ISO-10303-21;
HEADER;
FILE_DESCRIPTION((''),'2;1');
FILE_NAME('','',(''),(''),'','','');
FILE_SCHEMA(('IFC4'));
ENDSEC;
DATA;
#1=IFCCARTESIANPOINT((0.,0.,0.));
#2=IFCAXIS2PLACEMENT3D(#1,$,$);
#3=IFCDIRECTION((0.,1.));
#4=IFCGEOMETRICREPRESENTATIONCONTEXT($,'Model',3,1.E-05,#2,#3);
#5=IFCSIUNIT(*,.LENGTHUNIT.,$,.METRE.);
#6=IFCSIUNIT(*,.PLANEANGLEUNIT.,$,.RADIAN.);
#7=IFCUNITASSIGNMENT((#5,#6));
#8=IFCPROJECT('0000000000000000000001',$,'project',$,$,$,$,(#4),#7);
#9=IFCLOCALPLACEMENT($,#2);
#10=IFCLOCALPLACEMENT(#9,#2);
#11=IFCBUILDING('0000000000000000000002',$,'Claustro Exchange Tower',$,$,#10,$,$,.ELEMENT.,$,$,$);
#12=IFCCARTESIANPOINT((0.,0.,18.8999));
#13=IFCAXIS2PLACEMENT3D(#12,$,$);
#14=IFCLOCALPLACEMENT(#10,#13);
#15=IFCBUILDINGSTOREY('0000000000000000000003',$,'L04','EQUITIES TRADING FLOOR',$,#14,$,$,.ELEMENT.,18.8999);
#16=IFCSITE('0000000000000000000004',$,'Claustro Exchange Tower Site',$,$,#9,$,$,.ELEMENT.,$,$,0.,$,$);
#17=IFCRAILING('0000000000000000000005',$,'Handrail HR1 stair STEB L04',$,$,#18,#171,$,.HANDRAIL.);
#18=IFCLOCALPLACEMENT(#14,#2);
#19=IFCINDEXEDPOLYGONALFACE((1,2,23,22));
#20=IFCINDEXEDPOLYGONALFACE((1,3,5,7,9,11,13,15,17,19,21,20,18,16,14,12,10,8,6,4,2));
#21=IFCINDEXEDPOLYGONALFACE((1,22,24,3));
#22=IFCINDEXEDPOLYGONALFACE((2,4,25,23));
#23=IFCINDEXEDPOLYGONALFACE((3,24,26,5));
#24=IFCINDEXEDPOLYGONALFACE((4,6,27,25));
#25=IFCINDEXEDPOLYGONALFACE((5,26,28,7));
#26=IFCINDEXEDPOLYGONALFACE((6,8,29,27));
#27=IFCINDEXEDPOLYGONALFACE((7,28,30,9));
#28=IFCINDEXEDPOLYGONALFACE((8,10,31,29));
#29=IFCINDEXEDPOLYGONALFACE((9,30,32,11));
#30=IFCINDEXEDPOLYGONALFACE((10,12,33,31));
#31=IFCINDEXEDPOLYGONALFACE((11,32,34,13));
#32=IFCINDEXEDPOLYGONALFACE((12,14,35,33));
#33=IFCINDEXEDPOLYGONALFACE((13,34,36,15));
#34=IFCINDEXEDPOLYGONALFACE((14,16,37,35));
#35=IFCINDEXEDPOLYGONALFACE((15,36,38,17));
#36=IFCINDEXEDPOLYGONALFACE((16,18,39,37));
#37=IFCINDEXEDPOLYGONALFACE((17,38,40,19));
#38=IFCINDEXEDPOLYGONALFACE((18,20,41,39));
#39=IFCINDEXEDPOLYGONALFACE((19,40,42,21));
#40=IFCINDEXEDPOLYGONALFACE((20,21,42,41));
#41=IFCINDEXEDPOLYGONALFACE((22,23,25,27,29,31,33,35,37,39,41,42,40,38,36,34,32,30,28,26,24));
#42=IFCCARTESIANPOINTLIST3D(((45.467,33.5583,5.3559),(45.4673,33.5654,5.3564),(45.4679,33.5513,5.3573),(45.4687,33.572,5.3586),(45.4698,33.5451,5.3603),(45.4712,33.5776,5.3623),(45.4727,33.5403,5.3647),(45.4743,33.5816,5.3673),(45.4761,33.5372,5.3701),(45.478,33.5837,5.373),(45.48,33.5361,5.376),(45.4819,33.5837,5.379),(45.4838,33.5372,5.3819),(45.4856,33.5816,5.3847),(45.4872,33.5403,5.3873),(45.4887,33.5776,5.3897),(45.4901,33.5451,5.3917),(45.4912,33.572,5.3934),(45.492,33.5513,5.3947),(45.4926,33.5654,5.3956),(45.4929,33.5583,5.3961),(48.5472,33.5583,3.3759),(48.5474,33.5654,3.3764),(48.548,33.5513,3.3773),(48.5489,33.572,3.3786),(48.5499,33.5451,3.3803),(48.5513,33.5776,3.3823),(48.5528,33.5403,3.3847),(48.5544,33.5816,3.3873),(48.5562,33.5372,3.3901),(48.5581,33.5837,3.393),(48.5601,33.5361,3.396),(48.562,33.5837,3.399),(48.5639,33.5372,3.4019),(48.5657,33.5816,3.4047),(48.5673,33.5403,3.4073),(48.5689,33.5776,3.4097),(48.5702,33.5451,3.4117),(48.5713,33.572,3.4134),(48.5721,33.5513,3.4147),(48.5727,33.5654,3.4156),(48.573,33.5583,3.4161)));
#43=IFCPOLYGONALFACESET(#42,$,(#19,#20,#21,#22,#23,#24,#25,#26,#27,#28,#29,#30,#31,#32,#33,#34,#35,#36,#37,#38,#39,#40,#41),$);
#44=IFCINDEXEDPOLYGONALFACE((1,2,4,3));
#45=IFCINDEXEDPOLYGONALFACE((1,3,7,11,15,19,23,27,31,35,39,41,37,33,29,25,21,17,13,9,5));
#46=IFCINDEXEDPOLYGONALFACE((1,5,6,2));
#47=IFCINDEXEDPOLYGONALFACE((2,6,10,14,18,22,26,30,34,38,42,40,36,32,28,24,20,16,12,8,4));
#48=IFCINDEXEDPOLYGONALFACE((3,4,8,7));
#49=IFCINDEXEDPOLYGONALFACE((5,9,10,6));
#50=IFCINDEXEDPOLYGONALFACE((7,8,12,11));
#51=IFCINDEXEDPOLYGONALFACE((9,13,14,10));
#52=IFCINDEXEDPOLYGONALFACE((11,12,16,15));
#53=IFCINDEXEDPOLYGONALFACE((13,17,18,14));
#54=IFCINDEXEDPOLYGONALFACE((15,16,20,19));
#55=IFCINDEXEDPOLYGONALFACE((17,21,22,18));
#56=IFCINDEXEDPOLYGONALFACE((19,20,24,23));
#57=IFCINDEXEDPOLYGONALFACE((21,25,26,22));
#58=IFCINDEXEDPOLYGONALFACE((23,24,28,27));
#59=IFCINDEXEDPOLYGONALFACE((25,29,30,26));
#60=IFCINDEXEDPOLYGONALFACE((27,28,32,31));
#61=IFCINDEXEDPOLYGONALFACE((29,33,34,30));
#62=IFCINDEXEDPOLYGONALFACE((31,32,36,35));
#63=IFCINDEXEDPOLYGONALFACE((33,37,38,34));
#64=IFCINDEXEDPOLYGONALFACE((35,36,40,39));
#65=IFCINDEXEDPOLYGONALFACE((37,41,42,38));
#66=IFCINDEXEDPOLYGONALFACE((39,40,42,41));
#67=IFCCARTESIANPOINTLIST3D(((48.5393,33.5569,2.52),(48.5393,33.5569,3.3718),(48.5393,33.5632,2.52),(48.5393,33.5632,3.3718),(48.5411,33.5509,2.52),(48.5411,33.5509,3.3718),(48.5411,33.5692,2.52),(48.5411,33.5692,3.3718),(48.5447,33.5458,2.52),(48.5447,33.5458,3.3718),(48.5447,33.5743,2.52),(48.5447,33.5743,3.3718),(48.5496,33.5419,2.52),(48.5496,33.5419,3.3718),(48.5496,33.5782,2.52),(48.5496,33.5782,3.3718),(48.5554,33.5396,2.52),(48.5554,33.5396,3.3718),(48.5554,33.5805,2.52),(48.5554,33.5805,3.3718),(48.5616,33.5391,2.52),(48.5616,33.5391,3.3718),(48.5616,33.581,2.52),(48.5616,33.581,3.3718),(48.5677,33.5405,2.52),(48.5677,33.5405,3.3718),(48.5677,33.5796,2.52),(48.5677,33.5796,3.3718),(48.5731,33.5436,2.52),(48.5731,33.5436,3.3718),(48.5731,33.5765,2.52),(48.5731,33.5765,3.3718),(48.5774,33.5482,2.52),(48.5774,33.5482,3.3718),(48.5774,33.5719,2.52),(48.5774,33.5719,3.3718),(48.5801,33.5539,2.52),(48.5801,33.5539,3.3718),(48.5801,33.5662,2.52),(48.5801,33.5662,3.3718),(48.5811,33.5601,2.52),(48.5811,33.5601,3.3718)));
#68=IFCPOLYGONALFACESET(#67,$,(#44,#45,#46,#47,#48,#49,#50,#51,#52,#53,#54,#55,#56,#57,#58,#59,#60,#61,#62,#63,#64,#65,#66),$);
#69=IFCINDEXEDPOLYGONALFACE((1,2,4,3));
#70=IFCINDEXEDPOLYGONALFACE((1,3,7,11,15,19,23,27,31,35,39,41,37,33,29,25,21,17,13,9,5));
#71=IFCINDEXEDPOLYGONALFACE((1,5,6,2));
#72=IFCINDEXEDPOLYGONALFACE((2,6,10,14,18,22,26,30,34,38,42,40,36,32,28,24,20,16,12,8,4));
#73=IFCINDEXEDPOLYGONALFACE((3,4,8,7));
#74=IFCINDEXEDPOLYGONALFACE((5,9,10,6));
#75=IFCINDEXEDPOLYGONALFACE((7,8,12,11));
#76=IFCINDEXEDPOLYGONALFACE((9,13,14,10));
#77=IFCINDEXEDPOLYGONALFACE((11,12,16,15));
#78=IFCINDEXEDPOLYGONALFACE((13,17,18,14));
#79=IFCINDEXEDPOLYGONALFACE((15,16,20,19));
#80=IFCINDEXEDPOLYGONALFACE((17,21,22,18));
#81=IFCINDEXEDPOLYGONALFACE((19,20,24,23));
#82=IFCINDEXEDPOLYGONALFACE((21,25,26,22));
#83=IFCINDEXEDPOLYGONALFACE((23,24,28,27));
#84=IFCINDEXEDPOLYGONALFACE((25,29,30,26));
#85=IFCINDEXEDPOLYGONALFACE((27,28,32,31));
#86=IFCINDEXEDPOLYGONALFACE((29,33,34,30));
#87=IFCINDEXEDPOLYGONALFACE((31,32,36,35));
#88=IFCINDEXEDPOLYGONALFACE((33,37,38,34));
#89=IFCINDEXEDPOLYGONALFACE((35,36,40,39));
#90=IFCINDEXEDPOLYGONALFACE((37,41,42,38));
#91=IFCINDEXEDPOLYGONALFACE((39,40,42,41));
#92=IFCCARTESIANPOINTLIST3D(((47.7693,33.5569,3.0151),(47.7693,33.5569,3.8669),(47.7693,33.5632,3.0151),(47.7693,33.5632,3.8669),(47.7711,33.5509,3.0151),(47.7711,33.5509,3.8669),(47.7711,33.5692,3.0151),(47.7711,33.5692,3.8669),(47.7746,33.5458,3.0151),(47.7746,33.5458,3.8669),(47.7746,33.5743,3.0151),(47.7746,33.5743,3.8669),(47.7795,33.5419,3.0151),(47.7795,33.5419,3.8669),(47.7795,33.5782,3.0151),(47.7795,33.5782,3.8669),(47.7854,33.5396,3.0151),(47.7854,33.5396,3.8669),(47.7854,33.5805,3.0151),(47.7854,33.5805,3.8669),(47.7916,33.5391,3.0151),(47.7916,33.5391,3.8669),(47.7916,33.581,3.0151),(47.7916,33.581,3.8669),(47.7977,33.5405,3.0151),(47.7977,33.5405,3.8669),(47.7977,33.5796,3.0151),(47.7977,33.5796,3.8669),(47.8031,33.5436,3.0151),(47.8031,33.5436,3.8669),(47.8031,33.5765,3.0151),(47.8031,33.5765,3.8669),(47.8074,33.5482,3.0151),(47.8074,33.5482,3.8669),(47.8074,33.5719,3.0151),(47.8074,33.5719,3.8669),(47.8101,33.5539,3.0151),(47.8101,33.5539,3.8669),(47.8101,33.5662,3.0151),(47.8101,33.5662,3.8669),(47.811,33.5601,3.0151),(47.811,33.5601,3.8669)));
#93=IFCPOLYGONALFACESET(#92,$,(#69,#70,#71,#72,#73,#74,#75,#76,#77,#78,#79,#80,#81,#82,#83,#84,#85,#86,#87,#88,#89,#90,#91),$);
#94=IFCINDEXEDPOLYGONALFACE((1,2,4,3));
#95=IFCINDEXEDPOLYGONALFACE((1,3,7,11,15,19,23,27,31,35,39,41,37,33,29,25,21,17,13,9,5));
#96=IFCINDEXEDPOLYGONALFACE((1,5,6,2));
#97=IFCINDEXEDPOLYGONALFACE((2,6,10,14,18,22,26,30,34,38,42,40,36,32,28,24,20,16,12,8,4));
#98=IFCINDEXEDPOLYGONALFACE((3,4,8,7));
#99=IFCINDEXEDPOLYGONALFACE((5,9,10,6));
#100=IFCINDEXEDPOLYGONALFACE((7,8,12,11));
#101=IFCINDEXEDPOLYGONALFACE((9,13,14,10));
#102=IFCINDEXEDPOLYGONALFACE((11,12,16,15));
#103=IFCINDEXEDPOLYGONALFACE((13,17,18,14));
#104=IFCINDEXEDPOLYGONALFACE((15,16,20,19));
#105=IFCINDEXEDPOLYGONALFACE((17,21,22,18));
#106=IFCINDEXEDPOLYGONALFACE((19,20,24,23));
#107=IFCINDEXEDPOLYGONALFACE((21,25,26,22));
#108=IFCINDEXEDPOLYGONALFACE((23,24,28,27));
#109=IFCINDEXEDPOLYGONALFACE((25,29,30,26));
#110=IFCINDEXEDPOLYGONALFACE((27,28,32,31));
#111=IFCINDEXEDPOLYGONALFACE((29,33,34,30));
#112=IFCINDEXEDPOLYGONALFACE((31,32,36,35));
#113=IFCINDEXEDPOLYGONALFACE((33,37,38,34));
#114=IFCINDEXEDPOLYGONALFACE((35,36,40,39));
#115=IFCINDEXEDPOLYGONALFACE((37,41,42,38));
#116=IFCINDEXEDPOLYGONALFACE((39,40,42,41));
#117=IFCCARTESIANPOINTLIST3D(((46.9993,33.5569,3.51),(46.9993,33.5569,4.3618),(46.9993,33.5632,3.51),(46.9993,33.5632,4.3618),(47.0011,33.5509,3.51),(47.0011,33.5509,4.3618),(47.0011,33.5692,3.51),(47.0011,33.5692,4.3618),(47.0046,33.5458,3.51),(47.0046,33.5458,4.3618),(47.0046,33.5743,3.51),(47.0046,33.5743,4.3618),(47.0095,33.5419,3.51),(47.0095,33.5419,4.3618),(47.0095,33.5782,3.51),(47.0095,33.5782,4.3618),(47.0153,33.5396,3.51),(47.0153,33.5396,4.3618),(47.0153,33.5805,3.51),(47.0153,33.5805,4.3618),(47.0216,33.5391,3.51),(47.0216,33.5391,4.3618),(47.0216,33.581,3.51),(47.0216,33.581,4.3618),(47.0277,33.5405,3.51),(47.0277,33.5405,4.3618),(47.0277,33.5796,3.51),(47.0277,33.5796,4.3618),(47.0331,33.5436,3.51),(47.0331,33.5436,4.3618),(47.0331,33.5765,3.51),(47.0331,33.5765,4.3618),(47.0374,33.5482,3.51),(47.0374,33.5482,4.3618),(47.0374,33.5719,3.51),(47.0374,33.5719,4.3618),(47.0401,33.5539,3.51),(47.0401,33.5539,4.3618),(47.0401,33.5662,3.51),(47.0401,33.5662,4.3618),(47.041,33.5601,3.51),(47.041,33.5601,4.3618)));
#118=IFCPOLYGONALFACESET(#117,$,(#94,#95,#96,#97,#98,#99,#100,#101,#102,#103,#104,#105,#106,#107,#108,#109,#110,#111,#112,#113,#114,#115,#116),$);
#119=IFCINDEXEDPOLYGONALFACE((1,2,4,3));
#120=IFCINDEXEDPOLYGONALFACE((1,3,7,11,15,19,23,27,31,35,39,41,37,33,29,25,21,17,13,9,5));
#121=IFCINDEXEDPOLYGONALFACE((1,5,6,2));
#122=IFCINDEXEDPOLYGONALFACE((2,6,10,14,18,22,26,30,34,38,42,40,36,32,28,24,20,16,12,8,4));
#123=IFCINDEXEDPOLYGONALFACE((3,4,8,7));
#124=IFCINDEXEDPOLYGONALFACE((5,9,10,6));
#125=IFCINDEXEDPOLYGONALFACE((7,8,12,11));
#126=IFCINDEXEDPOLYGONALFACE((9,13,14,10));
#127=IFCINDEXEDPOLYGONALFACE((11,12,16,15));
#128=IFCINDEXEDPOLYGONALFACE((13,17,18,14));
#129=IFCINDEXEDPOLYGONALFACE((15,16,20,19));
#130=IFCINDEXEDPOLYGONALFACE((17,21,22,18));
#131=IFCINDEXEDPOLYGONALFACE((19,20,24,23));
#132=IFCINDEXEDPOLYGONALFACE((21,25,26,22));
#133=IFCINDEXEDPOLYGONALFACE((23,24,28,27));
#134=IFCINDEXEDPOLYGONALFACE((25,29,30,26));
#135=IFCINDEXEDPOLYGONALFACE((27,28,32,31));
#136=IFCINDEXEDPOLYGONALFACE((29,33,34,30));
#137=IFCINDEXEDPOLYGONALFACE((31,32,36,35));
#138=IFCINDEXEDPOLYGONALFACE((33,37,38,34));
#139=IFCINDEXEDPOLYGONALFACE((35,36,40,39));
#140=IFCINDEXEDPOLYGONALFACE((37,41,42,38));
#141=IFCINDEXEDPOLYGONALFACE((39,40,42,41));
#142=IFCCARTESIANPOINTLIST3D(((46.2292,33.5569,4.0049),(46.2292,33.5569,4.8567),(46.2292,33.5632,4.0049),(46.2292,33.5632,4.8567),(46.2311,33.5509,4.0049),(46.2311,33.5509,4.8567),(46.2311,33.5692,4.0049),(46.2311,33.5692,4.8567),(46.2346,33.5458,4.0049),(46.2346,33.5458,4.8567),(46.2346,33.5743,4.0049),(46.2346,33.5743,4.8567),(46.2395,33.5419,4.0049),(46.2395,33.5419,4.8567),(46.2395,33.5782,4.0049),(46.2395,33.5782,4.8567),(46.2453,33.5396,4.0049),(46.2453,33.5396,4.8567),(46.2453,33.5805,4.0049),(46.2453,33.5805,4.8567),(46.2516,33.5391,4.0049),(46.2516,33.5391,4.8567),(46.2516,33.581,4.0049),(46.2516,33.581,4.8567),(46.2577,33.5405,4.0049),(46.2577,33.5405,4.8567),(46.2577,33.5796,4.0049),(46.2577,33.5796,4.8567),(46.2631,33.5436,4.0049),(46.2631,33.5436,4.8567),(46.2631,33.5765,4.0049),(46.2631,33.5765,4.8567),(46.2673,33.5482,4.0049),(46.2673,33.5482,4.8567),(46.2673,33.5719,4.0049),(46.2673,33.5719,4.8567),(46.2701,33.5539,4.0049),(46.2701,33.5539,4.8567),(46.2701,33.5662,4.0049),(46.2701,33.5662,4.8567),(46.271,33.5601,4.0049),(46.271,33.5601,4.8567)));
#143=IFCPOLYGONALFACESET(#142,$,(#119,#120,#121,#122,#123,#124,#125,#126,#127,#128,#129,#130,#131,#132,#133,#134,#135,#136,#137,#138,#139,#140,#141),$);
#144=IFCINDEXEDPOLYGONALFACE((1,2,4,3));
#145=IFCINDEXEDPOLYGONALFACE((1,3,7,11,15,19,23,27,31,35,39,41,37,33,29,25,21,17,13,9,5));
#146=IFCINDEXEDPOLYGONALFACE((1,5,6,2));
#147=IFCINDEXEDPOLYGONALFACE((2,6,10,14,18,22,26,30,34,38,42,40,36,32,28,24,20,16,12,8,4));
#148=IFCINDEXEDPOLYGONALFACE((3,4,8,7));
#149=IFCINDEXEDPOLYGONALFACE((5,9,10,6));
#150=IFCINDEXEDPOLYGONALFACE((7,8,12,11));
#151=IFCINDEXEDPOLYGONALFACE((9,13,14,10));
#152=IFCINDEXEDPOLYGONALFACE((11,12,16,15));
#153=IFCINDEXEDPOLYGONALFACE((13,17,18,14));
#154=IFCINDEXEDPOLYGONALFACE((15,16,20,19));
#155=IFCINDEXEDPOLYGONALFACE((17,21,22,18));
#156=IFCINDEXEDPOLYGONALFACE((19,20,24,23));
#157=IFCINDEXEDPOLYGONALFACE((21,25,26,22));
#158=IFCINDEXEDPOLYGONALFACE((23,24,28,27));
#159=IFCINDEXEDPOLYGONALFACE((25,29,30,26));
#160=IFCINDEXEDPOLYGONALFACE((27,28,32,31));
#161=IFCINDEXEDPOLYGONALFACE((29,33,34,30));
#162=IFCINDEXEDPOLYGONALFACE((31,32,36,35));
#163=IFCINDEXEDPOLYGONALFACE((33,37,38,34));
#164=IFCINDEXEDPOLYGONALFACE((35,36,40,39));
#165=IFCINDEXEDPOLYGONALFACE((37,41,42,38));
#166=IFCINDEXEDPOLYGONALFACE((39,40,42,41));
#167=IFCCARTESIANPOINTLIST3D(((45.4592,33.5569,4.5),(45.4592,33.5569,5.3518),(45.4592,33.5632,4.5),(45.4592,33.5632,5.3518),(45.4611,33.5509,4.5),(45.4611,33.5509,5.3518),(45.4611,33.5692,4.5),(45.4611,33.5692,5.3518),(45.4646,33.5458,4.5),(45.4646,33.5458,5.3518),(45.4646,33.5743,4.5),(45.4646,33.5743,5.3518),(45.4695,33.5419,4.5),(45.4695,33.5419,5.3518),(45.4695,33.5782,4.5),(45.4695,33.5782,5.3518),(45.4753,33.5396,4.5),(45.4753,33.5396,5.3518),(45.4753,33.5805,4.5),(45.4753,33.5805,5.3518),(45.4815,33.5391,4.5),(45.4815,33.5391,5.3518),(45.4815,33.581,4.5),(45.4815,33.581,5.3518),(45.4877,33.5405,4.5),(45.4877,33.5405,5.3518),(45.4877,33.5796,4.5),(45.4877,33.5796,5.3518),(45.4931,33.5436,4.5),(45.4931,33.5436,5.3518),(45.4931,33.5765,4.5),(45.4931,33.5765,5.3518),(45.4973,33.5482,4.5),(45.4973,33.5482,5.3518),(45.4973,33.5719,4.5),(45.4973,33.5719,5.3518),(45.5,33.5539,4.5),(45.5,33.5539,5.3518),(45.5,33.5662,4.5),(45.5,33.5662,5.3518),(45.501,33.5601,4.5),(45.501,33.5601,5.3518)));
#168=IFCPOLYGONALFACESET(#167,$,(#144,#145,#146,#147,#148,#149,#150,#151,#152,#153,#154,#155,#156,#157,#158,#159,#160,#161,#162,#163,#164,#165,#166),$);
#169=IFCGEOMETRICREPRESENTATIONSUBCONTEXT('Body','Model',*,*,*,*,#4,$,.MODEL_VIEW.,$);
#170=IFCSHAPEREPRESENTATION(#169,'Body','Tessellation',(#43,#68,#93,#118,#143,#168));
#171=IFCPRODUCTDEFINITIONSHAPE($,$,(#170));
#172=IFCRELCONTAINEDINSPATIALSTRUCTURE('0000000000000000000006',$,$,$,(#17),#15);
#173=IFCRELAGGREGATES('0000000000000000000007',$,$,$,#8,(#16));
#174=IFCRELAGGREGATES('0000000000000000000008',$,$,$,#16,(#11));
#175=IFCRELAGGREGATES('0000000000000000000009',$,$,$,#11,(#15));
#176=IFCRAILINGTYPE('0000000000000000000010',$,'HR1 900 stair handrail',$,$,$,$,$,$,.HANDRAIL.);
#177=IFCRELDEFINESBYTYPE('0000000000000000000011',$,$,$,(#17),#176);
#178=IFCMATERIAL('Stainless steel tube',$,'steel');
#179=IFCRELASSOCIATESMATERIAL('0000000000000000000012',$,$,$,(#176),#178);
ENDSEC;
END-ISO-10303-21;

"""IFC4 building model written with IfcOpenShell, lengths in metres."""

from ifc_helpers import new_model, si_unit, direction, frame, origin, origin_2d, place, context, subcontext, project, spatial, circle, extrude, material, type_object, element, save


model = new_model("IFC4")

# Units and contexts
model_context = context("Model", 3, precision=1e-05, world=origin(), true_north=direction((0.0, 1.0)))
body_context = subcontext(model_context, "Body", "Model", "MODEL_VIEW")
ifc_project = project(units=[si_unit("LENGTHUNIT", "METRE"), si_unit("PLANEANGLEUNIT", "RADIAN")], contexts=[model_context])

# Site, building, storey
site_placement = place(None, origin())
site = spatial("IfcSite", under=ifc_project, at=site_placement, Name="Claustro Exchange Tower Site", CompositionType="ELEMENT", RefElevation=0.0)
building_placement = place(site_placement, origin())
building = spatial("IfcBuilding", under=site, at=building_placement, Name="Claustro Exchange Tower", CompositionType="ELEMENT")
storey_placement = place(building_placement, frame((0.0, 0.0, 18.8999)))
storey = spatial("IfcBuildingStorey", under=building, at=storey_placement, Name="L04", Description="EQUITIES TRADING FLOOR", CompositionType="ELEMENT", Elevation=18.8999)

# Railing
ifc_material_1 = material(Name="Stainless steel tube", Category="steel")
railing_type_1 = type_object("IfcRailingType", Name="HR1 900 stair handrail", PredefinedType="HANDRAIL", material=ifc_material_1)
railing_1_placement = place(storey_placement, frame((48.5601, 33.5601, 2.52)))
element("IfcRailing", 1, at=railing_1_placement, inside=storey, type_object=railing_type_1, Name="Handrail HR1 stair STEB L04", PredefinedType="HANDRAIL", context=body_context, shape_type="SweptSolid", body=[
    extrude(circle(Radius=0.0239, at=origin_2d()), frame((0.0, 0.0, 0.876), z_axis=(-0.841187, 0.0, 0.540744), x_axis=(0.0, -1.0, 0.0)), (0.0, 0.0, 1.0), 3.6616),
    extrude(circle(Radius=0.021, at=origin_2d()), origin(), (0.0, 0.0, 1.0), 0.8518),
    extrude(circle(Radius=0.021, at=origin_2d()), frame((-0.77, 0.0, 0.4951)), (0.0, 0.0, 1.0), 0.8518),
    extrude(circle(Radius=0.021, at=origin_2d()), frame((-1.54, 0.0, 0.99)), (0.0, 0.0, 1.0), 0.8518),
    extrude(circle(Radius=0.021, at=origin_2d()), frame((-2.3101, 0.0, 1.4849)), (0.0, 0.0, 1.0), 0.8518),
    extrude(circle(Radius=0.021, at=origin_2d()), frame((-3.0801, 0.0, 1.98)), (0.0, 0.0, 1.0), 0.8518),
])

save(model, "model.ifc")
